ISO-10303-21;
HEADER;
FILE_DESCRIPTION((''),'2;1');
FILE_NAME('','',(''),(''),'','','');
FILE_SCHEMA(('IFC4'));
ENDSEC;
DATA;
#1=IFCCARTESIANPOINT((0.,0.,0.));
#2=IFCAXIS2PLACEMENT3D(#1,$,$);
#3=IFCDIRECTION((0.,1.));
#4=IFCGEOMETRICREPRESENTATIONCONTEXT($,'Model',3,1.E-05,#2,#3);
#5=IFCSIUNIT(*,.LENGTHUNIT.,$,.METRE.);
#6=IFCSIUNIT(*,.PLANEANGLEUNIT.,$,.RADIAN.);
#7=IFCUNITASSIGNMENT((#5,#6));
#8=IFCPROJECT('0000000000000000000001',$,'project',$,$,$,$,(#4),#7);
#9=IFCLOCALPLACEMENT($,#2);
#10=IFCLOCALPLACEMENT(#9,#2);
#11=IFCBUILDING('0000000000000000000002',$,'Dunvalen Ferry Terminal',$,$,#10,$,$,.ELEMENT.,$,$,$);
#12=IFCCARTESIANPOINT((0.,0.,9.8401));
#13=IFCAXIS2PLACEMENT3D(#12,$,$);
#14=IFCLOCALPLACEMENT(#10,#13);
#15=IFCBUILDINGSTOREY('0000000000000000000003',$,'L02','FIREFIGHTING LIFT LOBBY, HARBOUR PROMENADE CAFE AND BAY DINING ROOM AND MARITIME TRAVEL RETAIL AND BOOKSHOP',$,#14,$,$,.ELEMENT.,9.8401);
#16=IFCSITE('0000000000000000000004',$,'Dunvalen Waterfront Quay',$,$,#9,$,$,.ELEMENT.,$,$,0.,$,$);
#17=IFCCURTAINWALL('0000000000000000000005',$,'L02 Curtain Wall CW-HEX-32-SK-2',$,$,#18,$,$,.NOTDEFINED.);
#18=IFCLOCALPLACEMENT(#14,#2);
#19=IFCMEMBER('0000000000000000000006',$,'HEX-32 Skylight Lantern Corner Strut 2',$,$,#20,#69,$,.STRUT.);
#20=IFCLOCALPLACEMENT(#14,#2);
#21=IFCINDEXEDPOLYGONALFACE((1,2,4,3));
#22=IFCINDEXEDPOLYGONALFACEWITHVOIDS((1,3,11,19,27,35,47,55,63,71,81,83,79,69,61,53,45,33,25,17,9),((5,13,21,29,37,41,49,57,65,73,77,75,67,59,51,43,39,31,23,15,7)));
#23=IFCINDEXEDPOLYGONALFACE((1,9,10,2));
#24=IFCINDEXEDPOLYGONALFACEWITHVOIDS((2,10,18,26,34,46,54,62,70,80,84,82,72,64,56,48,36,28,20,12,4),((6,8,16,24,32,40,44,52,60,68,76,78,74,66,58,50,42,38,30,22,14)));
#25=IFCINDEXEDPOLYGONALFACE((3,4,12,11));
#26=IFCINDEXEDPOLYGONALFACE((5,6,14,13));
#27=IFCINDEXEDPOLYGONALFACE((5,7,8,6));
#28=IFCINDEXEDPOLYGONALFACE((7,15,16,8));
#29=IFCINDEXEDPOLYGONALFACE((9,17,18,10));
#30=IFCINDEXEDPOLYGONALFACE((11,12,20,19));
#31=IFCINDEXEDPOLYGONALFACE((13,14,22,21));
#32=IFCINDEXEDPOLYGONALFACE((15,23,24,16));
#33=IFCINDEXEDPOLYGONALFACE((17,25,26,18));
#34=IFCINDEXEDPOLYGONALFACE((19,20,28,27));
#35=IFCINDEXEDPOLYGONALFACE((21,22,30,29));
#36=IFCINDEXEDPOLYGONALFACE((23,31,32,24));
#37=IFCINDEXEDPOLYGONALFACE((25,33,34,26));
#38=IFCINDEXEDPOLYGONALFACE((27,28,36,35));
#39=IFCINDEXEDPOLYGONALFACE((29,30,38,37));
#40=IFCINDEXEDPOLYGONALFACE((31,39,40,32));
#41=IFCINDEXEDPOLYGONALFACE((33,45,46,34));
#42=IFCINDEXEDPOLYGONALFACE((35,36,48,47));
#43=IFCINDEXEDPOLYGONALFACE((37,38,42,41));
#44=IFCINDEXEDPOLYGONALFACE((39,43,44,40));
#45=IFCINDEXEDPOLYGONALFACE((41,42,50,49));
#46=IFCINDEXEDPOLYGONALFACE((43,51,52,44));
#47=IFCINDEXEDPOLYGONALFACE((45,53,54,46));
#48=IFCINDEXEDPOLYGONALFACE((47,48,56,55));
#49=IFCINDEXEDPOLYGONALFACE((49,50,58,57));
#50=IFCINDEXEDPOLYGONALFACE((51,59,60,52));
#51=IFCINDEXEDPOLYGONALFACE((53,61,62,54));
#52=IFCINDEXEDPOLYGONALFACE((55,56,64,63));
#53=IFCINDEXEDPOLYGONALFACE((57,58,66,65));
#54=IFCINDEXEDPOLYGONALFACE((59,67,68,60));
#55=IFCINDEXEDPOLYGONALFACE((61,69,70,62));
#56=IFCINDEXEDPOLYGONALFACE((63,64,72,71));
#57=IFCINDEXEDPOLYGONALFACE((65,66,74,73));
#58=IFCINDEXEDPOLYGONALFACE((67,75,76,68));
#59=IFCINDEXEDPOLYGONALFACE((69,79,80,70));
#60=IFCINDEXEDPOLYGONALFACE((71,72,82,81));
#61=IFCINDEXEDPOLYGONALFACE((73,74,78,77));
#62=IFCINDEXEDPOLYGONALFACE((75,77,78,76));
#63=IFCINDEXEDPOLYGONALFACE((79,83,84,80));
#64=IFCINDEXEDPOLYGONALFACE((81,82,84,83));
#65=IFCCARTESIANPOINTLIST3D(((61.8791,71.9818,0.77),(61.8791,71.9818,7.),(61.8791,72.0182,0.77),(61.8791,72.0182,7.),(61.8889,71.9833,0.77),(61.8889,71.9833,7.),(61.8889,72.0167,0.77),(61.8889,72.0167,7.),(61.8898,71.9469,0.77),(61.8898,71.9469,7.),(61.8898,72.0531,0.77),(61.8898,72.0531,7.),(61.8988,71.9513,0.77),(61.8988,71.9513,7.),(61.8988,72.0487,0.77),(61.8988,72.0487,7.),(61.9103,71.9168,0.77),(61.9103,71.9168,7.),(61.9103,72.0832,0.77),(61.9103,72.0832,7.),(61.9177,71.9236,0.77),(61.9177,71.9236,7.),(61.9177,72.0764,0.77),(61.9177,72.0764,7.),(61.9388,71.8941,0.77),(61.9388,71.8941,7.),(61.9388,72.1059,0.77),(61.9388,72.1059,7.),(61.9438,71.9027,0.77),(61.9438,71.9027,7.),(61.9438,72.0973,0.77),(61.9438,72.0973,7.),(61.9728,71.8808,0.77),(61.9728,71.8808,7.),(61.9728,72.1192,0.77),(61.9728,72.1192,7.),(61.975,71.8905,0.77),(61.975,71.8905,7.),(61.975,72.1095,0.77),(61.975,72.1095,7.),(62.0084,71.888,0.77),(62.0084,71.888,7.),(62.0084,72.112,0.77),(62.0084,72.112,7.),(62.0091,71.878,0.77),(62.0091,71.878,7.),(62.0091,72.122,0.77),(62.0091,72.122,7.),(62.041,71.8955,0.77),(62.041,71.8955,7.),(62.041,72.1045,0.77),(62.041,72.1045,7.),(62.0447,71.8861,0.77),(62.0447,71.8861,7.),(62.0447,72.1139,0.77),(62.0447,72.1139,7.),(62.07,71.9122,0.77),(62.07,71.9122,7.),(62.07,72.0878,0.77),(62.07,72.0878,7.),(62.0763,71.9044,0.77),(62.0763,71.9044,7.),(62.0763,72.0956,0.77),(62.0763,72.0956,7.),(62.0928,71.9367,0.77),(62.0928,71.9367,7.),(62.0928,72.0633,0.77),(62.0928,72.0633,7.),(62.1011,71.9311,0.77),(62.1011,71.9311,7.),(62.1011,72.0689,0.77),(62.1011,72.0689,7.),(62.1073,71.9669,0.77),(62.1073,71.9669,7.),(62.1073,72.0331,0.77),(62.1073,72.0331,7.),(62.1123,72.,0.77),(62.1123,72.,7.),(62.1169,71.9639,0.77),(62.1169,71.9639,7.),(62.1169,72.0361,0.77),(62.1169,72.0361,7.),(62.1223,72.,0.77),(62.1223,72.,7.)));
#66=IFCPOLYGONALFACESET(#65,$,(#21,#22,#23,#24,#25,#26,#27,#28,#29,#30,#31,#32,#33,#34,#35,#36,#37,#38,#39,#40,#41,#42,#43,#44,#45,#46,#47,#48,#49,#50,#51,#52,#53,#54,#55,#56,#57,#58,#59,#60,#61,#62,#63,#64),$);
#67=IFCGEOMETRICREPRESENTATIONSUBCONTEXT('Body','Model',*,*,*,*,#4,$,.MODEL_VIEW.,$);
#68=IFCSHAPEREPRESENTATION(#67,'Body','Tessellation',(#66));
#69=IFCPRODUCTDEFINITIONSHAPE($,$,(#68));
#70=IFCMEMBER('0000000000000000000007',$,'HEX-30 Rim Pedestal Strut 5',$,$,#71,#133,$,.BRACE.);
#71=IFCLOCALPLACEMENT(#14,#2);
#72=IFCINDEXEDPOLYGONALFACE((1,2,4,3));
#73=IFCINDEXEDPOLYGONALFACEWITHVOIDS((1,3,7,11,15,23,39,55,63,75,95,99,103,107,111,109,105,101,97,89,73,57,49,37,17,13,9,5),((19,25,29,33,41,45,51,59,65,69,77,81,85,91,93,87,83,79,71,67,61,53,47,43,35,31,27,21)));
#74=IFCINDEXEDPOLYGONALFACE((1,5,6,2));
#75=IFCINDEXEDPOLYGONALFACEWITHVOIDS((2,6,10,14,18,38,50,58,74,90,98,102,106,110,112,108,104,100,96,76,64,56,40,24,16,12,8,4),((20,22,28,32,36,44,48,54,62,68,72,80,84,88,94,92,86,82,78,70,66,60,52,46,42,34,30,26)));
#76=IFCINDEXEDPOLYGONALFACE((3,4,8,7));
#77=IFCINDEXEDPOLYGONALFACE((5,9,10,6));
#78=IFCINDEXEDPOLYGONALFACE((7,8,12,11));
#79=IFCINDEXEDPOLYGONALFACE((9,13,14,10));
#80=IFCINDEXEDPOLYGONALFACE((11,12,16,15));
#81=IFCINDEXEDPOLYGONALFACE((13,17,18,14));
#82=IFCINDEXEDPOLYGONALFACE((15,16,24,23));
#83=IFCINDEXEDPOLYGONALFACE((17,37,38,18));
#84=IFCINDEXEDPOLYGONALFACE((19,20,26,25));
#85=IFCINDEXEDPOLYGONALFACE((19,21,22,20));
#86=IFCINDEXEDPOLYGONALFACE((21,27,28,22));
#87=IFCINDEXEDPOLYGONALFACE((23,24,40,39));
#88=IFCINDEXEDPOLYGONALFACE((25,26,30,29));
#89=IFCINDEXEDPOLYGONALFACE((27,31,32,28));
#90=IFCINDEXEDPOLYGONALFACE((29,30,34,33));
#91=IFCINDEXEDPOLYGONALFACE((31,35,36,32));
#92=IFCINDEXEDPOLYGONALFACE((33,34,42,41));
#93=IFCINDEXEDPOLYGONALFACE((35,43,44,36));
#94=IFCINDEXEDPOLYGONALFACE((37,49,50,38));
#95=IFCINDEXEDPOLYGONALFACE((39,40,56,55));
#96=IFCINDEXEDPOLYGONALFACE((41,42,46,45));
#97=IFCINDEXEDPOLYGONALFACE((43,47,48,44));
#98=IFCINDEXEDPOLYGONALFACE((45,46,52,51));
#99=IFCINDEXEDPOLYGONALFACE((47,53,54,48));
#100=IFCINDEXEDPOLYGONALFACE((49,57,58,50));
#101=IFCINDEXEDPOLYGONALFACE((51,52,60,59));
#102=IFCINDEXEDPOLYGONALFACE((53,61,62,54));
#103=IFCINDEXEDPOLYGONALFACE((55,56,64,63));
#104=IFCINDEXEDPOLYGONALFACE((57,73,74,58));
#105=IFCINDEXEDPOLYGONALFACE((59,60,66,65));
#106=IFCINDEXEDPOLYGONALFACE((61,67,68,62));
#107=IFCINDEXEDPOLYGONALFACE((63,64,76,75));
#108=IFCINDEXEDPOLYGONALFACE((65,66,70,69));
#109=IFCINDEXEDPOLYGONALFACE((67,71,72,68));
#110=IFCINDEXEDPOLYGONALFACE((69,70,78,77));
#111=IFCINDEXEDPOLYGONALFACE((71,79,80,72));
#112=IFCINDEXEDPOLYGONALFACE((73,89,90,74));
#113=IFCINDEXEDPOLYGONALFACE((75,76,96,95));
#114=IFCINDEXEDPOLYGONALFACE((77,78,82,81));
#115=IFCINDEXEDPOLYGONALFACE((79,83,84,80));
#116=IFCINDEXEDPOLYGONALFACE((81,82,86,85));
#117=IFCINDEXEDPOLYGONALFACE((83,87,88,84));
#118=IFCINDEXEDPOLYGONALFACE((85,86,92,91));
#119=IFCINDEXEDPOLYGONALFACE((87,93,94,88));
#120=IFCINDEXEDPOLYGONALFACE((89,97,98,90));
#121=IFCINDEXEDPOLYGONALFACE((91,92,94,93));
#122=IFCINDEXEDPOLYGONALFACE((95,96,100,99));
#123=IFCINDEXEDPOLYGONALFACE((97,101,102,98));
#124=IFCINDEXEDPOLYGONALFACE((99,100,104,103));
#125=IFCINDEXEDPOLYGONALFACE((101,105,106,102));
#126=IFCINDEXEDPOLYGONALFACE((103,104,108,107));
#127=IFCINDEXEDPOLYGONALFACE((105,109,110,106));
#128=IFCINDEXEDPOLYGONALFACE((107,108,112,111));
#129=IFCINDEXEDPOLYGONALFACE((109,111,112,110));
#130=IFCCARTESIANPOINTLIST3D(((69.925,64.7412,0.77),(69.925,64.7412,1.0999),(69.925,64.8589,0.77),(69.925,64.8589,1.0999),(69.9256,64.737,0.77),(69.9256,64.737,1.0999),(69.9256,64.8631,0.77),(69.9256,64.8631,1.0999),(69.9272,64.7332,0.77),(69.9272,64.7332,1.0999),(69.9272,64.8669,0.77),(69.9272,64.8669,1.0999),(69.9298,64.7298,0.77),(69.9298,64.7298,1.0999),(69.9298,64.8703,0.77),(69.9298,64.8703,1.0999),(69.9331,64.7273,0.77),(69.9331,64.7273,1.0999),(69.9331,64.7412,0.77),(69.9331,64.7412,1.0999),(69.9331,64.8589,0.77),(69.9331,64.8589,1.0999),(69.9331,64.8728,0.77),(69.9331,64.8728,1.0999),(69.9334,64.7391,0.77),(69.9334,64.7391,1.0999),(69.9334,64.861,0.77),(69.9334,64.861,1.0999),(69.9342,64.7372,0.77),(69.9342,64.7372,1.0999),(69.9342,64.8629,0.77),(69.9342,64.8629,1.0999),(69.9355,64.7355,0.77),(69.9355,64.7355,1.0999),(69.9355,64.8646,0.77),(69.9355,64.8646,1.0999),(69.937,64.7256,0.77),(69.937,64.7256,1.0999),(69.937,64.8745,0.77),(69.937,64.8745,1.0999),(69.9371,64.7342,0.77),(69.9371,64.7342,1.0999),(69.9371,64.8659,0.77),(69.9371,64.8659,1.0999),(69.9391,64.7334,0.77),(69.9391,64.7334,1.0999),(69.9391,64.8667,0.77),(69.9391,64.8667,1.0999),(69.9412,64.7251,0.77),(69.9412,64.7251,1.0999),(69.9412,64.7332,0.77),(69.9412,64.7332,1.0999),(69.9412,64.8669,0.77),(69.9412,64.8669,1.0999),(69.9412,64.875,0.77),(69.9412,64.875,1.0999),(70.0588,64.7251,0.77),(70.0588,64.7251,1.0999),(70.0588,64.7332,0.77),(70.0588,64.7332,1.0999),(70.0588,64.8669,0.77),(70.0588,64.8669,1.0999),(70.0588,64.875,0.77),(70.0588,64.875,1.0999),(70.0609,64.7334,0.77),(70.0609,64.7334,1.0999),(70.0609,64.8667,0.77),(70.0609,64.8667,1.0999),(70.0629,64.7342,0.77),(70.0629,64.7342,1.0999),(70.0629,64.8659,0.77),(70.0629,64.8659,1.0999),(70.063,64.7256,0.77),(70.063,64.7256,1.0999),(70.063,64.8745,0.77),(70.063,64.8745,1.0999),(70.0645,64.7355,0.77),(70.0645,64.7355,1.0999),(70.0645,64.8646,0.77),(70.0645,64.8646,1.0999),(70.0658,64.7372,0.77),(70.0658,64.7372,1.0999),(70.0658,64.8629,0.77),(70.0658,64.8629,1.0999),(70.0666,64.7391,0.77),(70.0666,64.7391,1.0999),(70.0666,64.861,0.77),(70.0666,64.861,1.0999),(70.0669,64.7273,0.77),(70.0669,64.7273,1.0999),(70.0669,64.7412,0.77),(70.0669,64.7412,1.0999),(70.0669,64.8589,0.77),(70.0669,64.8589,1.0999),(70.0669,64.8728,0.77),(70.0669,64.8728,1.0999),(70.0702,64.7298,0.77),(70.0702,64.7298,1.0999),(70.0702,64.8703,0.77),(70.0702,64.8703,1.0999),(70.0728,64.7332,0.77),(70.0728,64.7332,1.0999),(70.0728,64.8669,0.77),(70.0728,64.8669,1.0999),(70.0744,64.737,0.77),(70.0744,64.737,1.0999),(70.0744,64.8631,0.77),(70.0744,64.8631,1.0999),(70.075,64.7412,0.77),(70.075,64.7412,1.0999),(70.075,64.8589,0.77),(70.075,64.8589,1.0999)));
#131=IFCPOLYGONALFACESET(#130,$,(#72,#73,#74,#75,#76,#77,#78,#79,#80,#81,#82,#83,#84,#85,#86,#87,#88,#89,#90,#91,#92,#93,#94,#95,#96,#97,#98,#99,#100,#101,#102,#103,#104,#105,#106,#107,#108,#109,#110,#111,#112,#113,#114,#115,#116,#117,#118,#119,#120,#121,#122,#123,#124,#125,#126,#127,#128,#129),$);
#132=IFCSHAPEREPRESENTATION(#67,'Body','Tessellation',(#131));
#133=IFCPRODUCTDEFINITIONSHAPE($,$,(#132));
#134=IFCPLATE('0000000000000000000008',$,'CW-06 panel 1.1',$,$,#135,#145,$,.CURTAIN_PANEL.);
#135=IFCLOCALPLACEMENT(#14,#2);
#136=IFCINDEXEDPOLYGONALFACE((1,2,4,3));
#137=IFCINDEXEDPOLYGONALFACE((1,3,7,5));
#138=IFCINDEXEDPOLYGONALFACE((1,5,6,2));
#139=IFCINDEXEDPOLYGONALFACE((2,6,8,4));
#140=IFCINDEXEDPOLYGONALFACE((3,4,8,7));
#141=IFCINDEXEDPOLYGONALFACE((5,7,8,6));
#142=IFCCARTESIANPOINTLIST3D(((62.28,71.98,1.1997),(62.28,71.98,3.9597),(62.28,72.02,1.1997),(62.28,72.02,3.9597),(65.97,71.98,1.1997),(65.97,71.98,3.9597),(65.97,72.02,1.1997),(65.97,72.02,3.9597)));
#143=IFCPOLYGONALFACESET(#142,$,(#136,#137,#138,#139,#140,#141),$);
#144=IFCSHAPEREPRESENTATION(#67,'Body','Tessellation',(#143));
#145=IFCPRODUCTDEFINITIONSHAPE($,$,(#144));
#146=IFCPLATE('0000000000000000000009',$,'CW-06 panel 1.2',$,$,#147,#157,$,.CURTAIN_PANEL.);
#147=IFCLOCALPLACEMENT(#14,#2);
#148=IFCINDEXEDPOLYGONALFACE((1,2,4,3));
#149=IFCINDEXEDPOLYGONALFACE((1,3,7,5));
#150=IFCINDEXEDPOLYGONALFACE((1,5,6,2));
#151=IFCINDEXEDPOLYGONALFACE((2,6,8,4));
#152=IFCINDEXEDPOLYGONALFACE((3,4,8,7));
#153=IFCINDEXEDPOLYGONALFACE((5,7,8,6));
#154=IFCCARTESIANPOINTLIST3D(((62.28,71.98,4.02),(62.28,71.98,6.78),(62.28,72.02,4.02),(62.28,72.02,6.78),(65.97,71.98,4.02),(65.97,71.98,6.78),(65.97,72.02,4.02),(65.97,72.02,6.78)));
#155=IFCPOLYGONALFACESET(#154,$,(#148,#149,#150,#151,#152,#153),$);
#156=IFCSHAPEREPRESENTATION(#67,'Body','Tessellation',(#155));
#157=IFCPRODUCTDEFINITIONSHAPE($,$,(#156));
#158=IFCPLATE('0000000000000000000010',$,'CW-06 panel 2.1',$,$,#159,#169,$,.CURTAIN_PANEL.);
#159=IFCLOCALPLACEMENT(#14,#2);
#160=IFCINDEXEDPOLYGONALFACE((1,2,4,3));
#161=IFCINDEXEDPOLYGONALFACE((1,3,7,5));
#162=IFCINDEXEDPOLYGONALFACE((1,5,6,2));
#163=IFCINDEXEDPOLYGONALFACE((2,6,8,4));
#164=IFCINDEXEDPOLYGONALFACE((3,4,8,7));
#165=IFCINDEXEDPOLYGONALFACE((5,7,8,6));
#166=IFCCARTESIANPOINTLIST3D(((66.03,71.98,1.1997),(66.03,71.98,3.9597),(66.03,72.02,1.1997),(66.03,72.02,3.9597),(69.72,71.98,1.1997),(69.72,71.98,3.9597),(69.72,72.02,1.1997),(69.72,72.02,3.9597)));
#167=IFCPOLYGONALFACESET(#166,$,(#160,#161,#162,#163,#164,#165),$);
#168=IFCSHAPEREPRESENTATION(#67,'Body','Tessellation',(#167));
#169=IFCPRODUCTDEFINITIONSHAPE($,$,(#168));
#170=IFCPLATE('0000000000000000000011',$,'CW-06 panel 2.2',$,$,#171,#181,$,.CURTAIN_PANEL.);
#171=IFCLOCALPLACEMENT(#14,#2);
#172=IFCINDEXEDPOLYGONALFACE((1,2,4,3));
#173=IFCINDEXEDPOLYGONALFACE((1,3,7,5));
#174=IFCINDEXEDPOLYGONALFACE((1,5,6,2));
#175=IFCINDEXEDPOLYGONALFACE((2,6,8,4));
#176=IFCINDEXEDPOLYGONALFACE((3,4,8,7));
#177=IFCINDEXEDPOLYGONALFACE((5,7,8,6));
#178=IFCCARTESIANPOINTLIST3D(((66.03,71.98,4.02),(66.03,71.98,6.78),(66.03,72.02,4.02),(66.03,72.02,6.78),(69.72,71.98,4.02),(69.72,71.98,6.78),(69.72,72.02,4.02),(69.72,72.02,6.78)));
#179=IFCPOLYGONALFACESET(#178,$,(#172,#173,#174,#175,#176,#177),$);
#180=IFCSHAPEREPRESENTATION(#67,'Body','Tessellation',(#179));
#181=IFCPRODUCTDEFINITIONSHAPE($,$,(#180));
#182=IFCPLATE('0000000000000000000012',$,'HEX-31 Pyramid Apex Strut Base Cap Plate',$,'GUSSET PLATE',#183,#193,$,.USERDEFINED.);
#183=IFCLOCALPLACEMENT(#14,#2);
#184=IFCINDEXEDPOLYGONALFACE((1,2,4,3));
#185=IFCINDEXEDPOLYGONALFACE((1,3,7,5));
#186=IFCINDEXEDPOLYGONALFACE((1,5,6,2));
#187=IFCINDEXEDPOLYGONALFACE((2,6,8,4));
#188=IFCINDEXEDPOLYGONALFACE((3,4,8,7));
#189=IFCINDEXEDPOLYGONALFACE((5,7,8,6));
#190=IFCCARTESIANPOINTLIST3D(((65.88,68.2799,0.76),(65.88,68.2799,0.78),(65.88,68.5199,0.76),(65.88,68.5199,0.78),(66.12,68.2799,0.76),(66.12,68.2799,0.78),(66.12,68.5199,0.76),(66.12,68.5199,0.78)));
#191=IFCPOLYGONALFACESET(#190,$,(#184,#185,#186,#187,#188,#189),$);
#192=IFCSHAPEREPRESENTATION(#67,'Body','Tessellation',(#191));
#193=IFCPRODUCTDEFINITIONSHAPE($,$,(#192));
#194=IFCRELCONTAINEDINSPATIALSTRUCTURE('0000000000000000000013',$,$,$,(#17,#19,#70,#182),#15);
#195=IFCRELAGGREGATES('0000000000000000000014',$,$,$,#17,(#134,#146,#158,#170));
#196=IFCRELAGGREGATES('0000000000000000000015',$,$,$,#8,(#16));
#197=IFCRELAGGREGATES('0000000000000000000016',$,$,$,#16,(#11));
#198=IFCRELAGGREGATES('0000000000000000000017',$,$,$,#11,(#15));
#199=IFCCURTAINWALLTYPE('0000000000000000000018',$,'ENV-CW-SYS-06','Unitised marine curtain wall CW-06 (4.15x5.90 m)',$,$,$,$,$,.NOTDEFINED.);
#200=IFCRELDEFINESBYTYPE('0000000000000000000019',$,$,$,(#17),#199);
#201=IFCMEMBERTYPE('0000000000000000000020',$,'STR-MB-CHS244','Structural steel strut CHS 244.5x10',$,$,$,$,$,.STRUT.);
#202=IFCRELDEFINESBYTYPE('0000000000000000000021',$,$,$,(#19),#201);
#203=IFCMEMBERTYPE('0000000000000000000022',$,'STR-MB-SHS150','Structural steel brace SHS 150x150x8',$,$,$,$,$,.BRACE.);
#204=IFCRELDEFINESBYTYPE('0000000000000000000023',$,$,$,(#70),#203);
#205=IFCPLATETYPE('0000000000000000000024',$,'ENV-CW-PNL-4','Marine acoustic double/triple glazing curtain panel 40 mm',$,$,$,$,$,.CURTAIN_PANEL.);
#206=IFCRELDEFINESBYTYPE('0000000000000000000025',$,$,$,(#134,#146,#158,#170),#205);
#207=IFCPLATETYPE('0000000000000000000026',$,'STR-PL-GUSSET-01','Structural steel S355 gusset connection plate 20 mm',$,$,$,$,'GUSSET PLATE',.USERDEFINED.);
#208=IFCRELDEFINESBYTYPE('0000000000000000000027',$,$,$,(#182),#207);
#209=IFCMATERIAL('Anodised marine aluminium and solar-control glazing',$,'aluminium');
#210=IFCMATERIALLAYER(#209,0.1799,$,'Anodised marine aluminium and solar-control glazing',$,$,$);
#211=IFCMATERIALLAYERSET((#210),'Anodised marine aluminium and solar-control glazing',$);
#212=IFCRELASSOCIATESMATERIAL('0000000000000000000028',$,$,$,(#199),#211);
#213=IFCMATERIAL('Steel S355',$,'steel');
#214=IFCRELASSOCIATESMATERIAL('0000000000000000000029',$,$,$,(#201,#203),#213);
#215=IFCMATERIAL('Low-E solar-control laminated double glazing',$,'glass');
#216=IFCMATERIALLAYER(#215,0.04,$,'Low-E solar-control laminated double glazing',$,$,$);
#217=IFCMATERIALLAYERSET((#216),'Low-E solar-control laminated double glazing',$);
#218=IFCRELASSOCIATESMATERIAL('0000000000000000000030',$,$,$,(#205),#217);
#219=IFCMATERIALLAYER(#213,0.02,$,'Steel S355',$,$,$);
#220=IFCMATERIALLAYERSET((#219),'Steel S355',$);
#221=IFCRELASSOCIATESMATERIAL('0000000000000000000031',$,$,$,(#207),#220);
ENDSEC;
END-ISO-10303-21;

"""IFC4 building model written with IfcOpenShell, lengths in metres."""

from ifc_helpers import new_model, si_unit, direction, frame, origin, origin_2d, place, context, subcontext, project, spatial, rectangle, hollow_rectangle, hollow_circle, extrude, material, layer, layer_set, material_profile, profile_set, type_object, element, aggregate, save


model = new_model("IFC4")

# Units and contexts
model_context = context("Model", 3, precision=1e-05, world=origin(), true_north=direction((0.0, 1.0)))
body_context = subcontext(model_context, "Body", "Model", "MODEL_VIEW")
ifc_project = project(units=[si_unit("LENGTHUNIT", "METRE"), si_unit("PLANEANGLEUNIT", "RADIAN")], contexts=[model_context])

# Site, building, storey
site_placement = place(None, origin())
site = spatial("IfcSite", under=ifc_project, at=site_placement, Name="Dunvalen Waterfront Quay", CompositionType="ELEMENT", RefElevation=0.0)
building_placement = place(site_placement, origin())
building = spatial("IfcBuilding", under=site, at=building_placement, Name="Dunvalen Ferry Terminal", CompositionType="ELEMENT")
storey_placement = place(building_placement, frame((0.0, 0.0, 9.8401)))
storey = spatial("IfcBuildingStorey", under=building, at=storey_placement, Name="L02", Description="FIREFIGHTING LIFT LOBBY, HARBOUR PROMENADE CAFE AND BAY DINING ROOM AND MARITIME TRAVEL RETAIL AND BOOKSHOP", CompositionType="ELEMENT", Elevation=9.8401)

# Curtain wall
ifc_material_1 = material(Name="Anodised marine aluminium and solar-control glazing", Category="aluminium")
ifc_layer_1 = layer(ifc_material_1, 0.1799, Name="Anodised marine aluminium and solar-control glazing")
ifc_layer_set_1 = layer_set([ifc_layer_1], Name="Anodised marine aluminium and solar-control glazing")
curtain_wall_type = type_object("IfcCurtainWallType", Name="ENV-CW-SYS-06", Description="Unitised marine curtain wall CW-06 (4.15x5.90 m)", PredefinedType="NOTDEFINED", material=ifc_layer_set_1)
curtain_wall_placement = place(storey_placement, origin())
curtain_wall = element("IfcCurtainWall", 1, at=curtain_wall_placement, inside=storey, type_object=curtain_wall_type, Name="L02 Curtain Wall CW-HEX-32-SK-2", PredefinedType="NOTDEFINED")

# Members
ifc_material_2 = material(Name="Steel S355", Category="steel")
ifc_material_profile_1 = material_profile(ifc_material_2, hollow_circle(Radius=0.1223, WallThickness=0.01, at=origin_2d()), Name="Steel S355")
ifc_profile_set_1 = profile_set([ifc_material_profile_1], Name="Steel S355")
member_type_1 = type_object("IfcMemberType", Name="STR-MB-CHS244", Description="Structural steel strut CHS 244.5x10", PredefinedType="STRUT", material=ifc_profile_set_1)
member_1_placement = place(storey_placement, frame((62.0, 72.0, 0.77), z_axis=(0.0, 0.0, 1.0), x_axis=(1.0, 0.0, 0.0)))
element("IfcMember", 2, at=member_1_placement, inside=storey, type_object=member_type_1, Name="HEX-32 Skylight Lantern Corner Strut 2", PredefinedType="STRUT", context=body_context, shape_type="SweptSolid", body=[
    extrude(hollow_circle(Radius=0.1223, WallThickness=0.01, at=origin_2d()), origin(), (0.0, 0.0, 1.0), 6.23),
])
ifc_material_profile_2 = material_profile(ifc_material_2, hollow_rectangle(XDim=0.1499, YDim=0.1499, WallThickness=0.0081, InnerFilletRadius=0.0081, OuterFilletRadius=0.0161, at=origin_2d()), Name="Steel S355")
ifc_profile_set_2 = profile_set([ifc_material_profile_2], Name="Steel S355")
member_type_2 = type_object("IfcMemberType", Name="STR-MB-SHS150", Description="Structural steel brace SHS 150x150x8", PredefinedType="BRACE", material=ifc_profile_set_2)
member_2_placement = place(storey_placement, frame((70.0, 64.8, 0.77), z_axis=(0.0, 0.0, 1.0), x_axis=(1.0, 0.0, 0.0)))
element("IfcMember", 3, at=member_2_placement, inside=storey, type_object=member_type_2, Name="HEX-30 Rim Pedestal Strut 5", PredefinedType="BRACE", context=body_context, shape_type="SweptSolid", body=[
    extrude(hollow_rectangle(XDim=0.1499, YDim=0.1499, WallThickness=0.0081, InnerFilletRadius=0.0081, OuterFilletRadius=0.0161, at=origin_2d()), origin(), (0.0, 0.0, 1.0), 0.3298),
])

# Plates
ifc_material_3 = material(Name="Low-E solar-control laminated double glazing", Category="glass")
ifc_layer_2 = layer(ifc_material_3, 0.04, Name="Low-E solar-control laminated double glazing")
ifc_layer_set_2 = layer_set([ifc_layer_2], Name="Low-E solar-control laminated double glazing")
plate_type_1 = type_object("IfcPlateType", Name="ENV-CW-PNL-4", Description="Marine acoustic double/triple glazing curtain panel 40 mm", PredefinedType="CURTAIN_PANEL", material=ifc_layer_set_2)
plate_1_placement = place(storey_placement, frame((64.125, 72.0, 1.1997), z_axis=(0.0, 0.0, 1.0), x_axis=(1.0, 0.0, 0.0)))
plate_1 = element("IfcPlate", 4, at=plate_1_placement, type_object=plate_type_1, Name="CW-06 panel 1.1", PredefinedType="CURTAIN_PANEL", context=body_context, shape_type="SweptSolid", body=[
    extrude(rectangle(XDim=3.6899, YDim=0.04, at=origin_2d()), origin(), (0.0, 0.0, 1.0), 2.76),
])
plate_2_placement = place(storey_placement, frame((64.125, 72.0, 4.02), z_axis=(0.0, 0.0, 1.0), x_axis=(1.0, 0.0, 0.0)))
plate_2 = element("IfcPlate", 5, at=plate_2_placement, type_object=plate_type_1, Name="CW-06 panel 1.2", PredefinedType="CURTAIN_PANEL", context=body_context, shape_type="SweptSolid", body=[
    extrude(rectangle(XDim=3.6899, YDim=0.04, at=origin_2d()), origin(), (0.0, 0.0, 1.0), 2.76),
])
plate_3_placement = place(storey_placement, frame((67.875, 72.0, 1.1997), z_axis=(0.0, 0.0, 1.0), x_axis=(1.0, 0.0, 0.0)))
plate_3 = element("IfcPlate", 6, at=plate_3_placement, type_object=plate_type_1, Name="CW-06 panel 2.1", PredefinedType="CURTAIN_PANEL", context=body_context, shape_type="SweptSolid", body=[
    extrude(rectangle(XDim=3.6899, YDim=0.04, at=origin_2d()), origin(), (0.0, 0.0, 1.0), 2.76),
])
plate_4_placement = place(storey_placement, frame((67.875, 72.0, 4.02), z_axis=(0.0, 0.0, 1.0), x_axis=(1.0, 0.0, 0.0)))
plate_4 = element("IfcPlate", 7, at=plate_4_placement, type_object=plate_type_1, Name="CW-06 panel 2.2", PredefinedType="CURTAIN_PANEL", context=body_context, shape_type="SweptSolid", body=[
    extrude(rectangle(XDim=3.6899, YDim=0.04, at=origin_2d()), origin(), (0.0, 0.0, 1.0), 2.76),
])
aggregate(curtain_wall, [plate_1, plate_2, plate_3, plate_4])

# Plate
ifc_layer_3 = layer(ifc_material_2, 0.02, Name="Steel S355")
ifc_layer_set_3 = layer_set([ifc_layer_3], Name="Steel S355")
plate_type_2 = type_object("IfcPlateType", Name="STR-PL-GUSSET-01", Description="Structural steel S355 gusset connection plate 20 mm", ElementType="GUSSET PLATE", PredefinedType="USERDEFINED", material=ifc_layer_set_3)
plate_5_placement = place(storey_placement, frame((66.0, 68.3999, 0.76), z_axis=(0.0, 0.0, 1.0), x_axis=(1.0, 0.0, 0.0)))
element("IfcPlate", 8, at=plate_5_placement, inside=storey, type_object=plate_type_2, Name="HEX-31 Pyramid Apex Strut Base Cap Plate", ObjectType="GUSSET PLATE", PredefinedType="USERDEFINED", context=body_context, shape_type="SweptSolid", body=[
    extrude(rectangle(XDim=0.24, YDim=0.24, at=origin_2d()), origin(), (0.0, 0.0, 1.0), 0.02),
])

save(model, "model.ifc")
